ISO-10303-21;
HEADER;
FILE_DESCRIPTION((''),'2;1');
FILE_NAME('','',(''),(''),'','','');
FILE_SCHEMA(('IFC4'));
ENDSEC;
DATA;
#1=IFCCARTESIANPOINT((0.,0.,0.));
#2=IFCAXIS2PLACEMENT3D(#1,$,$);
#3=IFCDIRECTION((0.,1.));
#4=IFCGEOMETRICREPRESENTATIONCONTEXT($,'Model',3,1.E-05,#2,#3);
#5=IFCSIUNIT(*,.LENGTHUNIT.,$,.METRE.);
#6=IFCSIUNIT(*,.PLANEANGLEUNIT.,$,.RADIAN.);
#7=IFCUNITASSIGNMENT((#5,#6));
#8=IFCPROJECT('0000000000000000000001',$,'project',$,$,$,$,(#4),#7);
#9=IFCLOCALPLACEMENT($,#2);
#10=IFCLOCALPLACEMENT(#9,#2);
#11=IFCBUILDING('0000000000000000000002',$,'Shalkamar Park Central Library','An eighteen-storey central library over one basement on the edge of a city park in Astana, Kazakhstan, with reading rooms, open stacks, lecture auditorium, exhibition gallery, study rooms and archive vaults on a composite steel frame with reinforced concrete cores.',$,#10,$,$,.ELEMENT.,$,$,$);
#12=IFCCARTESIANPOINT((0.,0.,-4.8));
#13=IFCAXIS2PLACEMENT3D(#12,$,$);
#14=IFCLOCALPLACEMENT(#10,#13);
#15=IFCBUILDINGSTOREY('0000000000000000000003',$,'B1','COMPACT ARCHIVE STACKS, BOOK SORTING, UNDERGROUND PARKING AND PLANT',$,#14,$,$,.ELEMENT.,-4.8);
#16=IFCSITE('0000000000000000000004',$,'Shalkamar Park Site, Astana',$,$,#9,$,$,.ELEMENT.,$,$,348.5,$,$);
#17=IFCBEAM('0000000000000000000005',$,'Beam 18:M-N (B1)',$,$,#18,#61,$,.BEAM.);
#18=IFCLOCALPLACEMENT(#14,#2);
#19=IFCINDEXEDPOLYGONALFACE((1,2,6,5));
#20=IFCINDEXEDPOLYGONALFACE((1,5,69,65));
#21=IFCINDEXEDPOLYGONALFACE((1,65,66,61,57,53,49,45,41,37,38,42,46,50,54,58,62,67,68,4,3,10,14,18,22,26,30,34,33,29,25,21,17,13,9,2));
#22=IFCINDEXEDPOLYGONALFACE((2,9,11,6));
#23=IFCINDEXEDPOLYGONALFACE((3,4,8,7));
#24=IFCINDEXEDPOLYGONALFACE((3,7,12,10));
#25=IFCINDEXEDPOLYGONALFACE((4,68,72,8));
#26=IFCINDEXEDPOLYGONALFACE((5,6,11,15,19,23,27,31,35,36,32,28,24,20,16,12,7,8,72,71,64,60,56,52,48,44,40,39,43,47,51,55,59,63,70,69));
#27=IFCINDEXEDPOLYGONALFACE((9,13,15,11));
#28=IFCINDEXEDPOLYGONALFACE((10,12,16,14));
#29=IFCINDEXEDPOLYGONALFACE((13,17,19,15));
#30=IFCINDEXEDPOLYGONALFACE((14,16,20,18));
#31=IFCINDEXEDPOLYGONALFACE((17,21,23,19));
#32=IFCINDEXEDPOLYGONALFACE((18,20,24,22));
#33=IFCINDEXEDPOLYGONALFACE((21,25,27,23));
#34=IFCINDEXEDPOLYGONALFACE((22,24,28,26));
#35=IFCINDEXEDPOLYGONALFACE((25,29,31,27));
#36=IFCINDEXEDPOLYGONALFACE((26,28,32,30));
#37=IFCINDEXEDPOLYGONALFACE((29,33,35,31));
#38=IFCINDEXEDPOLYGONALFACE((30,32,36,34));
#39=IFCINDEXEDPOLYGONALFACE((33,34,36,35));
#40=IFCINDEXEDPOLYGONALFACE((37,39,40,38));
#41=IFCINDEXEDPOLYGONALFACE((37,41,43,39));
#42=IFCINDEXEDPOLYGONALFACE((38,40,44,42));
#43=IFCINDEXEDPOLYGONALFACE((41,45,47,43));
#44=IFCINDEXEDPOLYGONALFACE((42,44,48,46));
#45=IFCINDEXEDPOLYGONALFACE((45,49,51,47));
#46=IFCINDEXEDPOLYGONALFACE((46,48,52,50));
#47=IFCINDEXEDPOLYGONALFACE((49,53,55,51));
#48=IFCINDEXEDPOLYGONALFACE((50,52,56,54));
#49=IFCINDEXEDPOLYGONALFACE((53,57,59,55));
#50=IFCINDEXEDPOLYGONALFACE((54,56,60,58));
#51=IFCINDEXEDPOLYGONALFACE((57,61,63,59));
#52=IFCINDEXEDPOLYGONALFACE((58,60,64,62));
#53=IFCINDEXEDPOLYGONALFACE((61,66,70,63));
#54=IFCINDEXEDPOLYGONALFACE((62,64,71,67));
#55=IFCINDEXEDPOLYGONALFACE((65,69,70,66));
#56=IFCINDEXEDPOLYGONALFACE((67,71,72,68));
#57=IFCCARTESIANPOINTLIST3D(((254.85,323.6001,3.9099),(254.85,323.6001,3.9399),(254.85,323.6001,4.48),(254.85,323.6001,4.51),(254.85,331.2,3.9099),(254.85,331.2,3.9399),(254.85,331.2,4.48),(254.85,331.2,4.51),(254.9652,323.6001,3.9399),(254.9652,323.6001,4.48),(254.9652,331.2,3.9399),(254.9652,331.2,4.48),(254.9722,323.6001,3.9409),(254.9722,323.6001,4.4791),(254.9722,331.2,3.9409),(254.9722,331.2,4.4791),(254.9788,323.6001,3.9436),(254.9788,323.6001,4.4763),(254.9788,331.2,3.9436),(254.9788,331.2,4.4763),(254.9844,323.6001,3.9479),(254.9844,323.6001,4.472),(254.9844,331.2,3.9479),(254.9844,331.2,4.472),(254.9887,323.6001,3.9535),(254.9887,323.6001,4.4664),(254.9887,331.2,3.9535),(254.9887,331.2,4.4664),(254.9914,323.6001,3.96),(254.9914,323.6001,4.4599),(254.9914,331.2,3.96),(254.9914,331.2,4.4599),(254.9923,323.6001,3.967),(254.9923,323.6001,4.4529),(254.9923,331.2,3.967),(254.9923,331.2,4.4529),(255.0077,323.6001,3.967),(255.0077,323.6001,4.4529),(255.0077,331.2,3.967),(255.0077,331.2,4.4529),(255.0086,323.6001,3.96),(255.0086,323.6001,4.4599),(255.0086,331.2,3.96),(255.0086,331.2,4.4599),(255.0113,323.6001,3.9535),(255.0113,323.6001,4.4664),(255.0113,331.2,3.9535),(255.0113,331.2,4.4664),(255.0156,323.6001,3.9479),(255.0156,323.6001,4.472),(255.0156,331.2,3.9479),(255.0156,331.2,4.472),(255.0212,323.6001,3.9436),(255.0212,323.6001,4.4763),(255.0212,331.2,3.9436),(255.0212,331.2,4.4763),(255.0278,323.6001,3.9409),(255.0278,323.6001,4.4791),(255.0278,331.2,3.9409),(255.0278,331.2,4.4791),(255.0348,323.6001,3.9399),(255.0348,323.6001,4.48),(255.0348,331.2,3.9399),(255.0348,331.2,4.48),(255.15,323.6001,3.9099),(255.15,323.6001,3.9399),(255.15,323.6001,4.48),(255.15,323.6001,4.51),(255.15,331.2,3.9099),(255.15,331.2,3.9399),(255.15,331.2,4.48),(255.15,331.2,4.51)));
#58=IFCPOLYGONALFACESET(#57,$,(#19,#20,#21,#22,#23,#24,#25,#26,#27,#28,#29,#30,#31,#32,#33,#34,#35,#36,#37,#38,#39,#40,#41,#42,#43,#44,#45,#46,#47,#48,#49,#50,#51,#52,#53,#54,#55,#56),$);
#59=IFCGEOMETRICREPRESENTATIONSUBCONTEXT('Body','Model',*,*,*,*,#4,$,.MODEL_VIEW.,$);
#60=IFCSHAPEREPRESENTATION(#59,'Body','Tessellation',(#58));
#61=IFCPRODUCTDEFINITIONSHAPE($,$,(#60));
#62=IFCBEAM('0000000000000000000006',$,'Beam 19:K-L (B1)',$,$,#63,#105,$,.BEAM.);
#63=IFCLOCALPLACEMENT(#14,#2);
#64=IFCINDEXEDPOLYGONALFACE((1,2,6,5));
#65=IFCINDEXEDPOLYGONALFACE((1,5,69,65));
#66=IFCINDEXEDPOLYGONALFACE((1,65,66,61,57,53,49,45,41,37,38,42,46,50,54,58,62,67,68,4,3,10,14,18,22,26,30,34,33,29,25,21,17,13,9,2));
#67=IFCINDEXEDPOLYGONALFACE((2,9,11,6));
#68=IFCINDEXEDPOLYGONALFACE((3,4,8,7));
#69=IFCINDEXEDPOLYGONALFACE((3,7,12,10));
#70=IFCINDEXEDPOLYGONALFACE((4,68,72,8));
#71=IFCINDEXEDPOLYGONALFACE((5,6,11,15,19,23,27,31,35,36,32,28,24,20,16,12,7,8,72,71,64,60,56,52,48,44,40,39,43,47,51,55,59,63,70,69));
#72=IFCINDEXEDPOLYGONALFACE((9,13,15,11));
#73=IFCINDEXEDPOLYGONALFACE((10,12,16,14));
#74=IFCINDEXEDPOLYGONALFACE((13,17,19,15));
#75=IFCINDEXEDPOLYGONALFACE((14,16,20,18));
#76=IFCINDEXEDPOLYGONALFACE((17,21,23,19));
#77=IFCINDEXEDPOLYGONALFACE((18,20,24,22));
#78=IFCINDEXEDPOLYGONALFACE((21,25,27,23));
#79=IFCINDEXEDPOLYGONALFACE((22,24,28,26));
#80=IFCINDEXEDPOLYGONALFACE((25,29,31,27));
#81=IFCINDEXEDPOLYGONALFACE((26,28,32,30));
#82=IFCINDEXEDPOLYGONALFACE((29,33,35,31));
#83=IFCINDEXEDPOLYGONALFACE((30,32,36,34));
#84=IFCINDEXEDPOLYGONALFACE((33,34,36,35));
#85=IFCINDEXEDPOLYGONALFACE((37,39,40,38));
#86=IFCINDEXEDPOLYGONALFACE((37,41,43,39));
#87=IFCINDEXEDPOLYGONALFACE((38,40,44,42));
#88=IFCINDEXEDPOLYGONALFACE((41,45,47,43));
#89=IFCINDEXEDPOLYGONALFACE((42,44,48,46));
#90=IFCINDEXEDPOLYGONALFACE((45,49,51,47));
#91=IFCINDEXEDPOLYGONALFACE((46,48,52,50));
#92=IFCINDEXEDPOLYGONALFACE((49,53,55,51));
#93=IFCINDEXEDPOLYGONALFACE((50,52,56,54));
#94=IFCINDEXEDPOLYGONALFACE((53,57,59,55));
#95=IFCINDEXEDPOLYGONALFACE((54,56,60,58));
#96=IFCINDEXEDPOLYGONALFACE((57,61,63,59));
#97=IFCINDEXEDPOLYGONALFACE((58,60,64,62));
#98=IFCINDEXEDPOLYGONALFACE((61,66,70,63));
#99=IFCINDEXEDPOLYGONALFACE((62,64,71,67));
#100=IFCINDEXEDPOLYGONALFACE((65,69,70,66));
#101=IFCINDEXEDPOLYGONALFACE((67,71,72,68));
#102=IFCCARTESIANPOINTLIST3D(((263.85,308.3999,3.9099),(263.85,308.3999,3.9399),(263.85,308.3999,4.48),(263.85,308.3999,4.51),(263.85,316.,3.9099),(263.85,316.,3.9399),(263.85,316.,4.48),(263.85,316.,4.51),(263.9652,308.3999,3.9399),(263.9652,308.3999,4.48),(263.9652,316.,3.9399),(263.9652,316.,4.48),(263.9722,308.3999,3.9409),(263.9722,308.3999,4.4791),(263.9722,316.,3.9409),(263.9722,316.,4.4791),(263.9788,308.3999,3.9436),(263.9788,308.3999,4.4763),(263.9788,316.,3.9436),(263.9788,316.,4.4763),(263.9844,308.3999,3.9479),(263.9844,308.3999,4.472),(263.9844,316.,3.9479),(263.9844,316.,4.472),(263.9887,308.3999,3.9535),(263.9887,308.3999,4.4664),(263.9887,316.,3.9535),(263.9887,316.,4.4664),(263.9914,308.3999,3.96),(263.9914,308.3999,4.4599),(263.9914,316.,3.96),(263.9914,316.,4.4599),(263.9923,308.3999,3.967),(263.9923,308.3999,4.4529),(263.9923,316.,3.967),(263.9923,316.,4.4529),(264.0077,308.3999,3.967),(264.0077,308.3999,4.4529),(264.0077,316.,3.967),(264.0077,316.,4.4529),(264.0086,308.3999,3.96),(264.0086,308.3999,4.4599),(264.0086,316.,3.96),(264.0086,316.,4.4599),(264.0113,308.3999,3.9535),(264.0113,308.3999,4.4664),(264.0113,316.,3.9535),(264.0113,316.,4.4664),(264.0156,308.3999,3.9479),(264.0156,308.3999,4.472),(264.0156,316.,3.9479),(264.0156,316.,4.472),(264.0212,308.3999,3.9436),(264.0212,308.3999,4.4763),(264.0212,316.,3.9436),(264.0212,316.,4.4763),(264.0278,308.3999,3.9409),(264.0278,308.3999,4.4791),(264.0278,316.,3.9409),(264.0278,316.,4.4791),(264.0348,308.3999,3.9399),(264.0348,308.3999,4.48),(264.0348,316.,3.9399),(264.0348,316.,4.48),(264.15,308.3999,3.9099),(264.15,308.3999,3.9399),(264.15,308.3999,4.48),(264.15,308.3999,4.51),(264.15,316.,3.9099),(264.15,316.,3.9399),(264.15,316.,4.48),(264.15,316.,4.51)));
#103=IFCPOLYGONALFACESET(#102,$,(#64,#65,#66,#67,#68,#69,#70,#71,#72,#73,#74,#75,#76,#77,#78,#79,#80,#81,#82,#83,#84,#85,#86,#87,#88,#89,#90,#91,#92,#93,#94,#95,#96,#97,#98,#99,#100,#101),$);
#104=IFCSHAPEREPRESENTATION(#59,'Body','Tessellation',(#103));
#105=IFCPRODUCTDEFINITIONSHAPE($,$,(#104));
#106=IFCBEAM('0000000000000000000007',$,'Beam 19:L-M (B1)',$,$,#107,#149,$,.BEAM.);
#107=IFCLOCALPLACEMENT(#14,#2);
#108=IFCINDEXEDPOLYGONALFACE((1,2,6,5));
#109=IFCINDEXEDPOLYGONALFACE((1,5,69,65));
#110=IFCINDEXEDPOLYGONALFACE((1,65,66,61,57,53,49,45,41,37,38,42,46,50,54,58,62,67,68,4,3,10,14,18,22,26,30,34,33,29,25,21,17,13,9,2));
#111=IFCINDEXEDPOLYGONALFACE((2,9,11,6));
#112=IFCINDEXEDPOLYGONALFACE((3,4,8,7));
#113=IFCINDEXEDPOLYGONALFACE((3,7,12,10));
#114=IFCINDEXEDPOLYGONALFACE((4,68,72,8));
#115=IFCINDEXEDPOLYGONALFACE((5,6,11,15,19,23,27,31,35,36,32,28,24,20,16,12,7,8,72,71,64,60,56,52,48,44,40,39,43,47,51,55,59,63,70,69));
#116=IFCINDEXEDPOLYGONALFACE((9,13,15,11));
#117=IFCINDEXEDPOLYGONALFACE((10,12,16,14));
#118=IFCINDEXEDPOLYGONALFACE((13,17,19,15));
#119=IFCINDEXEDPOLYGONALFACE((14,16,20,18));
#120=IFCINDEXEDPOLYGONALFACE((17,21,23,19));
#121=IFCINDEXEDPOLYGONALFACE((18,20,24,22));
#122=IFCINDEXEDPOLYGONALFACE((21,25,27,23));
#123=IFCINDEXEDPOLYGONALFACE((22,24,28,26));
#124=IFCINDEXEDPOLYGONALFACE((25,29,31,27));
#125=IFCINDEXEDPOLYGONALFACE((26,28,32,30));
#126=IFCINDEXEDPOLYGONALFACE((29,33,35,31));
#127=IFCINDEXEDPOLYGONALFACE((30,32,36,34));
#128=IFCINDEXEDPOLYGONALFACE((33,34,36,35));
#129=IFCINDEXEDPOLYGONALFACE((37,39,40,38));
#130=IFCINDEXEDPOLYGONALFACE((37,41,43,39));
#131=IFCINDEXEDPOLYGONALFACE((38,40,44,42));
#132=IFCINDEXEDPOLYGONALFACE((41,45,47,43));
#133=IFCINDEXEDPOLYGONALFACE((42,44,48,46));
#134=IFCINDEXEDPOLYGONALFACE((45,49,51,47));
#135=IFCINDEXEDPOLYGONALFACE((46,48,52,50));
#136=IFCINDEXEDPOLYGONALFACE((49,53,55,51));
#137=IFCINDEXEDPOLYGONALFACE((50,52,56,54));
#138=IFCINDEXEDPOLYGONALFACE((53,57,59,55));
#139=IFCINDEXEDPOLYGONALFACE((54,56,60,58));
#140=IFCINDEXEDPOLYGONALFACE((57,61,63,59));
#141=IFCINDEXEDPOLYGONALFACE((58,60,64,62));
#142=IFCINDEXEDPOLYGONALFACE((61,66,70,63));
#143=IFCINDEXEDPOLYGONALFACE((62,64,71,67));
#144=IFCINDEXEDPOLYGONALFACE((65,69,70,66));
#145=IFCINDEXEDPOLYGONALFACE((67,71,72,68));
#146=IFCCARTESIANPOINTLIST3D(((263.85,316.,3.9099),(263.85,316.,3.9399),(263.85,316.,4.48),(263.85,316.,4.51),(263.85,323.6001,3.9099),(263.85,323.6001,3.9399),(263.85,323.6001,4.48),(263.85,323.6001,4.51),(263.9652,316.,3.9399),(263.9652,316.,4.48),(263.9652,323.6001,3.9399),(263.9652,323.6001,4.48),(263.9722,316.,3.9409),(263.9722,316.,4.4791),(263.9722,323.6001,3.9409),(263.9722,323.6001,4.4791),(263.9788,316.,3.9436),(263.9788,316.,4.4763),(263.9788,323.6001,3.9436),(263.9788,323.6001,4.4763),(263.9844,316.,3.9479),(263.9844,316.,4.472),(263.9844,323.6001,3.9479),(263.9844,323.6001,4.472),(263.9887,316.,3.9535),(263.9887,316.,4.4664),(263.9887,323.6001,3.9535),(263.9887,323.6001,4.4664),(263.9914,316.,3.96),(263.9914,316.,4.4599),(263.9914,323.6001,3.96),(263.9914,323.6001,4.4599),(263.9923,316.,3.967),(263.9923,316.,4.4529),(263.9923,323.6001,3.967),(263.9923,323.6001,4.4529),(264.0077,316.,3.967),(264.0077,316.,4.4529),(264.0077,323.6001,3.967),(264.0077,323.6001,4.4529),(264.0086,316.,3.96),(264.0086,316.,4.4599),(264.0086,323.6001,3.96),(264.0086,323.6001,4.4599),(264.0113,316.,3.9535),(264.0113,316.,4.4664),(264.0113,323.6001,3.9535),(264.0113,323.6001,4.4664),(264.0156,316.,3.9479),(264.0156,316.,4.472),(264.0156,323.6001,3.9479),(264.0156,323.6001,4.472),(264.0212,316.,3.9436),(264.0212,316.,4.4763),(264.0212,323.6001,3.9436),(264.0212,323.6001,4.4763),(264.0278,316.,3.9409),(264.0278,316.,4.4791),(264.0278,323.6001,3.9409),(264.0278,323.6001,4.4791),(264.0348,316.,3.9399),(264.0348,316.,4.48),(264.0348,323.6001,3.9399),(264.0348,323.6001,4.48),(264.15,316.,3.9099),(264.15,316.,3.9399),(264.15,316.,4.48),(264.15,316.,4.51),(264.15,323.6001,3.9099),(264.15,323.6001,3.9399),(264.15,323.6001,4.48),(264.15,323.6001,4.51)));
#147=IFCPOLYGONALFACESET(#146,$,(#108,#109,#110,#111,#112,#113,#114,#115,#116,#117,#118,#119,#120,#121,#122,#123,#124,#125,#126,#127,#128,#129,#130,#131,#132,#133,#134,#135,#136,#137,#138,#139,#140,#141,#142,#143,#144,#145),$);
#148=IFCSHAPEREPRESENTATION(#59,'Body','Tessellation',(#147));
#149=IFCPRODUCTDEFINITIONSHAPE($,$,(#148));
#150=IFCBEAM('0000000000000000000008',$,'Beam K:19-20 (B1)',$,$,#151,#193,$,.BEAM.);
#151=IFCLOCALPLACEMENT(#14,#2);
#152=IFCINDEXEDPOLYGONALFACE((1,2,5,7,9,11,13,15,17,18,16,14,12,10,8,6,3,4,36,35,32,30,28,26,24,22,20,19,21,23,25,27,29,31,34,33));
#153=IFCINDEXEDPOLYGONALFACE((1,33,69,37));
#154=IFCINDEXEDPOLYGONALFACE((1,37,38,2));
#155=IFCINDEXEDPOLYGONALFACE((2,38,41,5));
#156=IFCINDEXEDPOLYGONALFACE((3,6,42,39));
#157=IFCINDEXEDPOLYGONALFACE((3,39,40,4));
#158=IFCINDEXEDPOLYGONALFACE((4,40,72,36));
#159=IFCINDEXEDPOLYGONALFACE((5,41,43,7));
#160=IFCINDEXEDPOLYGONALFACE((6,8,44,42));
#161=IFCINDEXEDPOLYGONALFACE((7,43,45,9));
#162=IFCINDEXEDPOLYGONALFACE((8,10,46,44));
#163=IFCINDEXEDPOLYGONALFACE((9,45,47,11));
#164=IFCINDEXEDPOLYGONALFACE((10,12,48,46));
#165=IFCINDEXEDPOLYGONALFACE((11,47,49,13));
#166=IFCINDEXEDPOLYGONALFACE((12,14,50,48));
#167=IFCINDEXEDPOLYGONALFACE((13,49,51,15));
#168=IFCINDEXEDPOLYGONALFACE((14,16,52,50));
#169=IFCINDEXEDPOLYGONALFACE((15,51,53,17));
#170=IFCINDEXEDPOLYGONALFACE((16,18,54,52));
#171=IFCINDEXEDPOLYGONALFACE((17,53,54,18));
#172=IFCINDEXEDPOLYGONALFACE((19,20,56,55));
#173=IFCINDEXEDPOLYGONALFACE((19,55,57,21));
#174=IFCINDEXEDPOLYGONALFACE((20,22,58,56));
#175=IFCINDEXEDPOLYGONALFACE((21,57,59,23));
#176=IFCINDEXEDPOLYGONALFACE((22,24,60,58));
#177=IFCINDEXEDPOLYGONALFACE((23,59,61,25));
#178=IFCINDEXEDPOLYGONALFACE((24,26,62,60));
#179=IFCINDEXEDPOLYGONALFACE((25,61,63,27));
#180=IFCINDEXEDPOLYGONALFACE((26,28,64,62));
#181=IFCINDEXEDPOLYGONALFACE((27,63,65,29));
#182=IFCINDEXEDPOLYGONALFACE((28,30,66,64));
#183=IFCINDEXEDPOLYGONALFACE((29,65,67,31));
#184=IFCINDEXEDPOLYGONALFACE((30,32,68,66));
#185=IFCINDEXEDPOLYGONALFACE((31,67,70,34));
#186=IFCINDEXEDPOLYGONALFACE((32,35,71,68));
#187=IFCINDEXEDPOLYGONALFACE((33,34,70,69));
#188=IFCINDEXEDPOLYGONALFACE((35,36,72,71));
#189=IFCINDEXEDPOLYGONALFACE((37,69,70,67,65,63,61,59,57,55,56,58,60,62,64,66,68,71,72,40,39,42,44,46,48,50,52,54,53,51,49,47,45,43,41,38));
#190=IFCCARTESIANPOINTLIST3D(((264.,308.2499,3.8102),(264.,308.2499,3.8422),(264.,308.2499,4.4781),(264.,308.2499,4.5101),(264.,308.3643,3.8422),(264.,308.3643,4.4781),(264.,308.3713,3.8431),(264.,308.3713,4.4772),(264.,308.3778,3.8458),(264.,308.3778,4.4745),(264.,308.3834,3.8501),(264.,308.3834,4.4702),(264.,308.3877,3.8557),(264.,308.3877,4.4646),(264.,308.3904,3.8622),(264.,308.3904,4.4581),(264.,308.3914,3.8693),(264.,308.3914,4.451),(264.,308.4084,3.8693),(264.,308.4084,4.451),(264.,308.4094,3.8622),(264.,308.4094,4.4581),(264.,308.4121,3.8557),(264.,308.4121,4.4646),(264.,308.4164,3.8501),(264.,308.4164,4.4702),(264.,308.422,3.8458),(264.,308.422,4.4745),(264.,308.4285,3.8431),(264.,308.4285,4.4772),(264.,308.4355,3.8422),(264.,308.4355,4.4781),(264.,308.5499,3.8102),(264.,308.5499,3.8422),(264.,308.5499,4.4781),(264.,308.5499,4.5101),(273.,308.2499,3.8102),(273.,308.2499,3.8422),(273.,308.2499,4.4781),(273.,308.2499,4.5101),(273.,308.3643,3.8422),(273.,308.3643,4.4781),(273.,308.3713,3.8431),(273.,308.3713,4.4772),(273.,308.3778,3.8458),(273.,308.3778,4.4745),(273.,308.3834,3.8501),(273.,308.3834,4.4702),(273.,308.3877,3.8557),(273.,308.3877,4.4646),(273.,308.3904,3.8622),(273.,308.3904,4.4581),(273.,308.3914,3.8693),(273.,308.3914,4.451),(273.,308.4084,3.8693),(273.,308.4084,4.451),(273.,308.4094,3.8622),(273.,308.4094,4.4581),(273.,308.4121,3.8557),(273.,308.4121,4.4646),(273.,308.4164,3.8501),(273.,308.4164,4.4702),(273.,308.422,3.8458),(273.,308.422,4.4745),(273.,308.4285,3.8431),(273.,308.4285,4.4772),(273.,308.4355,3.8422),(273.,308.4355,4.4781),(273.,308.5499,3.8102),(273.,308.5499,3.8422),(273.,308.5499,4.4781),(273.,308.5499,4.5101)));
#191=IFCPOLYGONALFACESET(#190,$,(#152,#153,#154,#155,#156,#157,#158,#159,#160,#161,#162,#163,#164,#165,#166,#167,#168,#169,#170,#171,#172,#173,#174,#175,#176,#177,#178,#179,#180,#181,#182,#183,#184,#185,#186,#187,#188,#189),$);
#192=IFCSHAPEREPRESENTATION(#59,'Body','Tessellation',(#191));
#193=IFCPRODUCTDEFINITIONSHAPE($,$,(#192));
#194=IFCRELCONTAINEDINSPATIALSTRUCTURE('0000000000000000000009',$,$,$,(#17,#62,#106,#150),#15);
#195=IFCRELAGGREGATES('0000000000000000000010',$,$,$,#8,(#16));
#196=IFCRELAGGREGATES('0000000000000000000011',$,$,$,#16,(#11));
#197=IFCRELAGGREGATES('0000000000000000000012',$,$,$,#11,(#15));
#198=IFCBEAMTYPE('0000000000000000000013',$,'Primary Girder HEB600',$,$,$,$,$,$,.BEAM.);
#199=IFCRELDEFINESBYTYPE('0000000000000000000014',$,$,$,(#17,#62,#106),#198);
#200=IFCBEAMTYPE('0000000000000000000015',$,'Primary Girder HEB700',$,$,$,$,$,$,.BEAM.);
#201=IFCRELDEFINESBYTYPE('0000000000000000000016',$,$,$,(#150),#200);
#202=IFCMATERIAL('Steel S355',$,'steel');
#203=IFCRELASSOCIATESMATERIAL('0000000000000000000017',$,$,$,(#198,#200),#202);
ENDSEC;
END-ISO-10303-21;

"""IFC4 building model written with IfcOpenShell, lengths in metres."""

from ifc_helpers import new_model, si_unit, direction, frame, origin, origin_2d, place, context, subcontext, project, spatial, i_section, extrude, material, material_profile, profile_set, type_object, element, save


model = new_model("IFC4")

# Units and contexts
model_context = context("Model", 3, precision=1e-05, world=origin(), true_north=direction((0.0, 1.0)))
body_context = subcontext(model_context, "Body", "Model", "MODEL_VIEW")
ifc_project = project(units=[si_unit("LENGTHUNIT", "METRE"), si_unit("PLANEANGLEUNIT", "RADIAN")], contexts=[model_context])

# Site, building, storey
site_placement = place(None, origin())
site = spatial("IfcSite", under=ifc_project, at=site_placement, Name="Shalkamar Park Site, Astana", CompositionType="ELEMENT", RefElevation=348.5)
building_placement = place(site_placement, origin())
building = spatial("IfcBuilding", under=site, at=building_placement, Name="Shalkamar Park Central Library", Description="An eighteen-storey central library over one basement on the edge of a city park in Astana, Kazakhstan, with reading rooms, open stacks, lecture auditorium, exhibition gallery, study rooms and archive vaults on a composite steel frame with reinforced concrete cores.", CompositionType="ELEMENT")
storey_placement = place(building_placement, frame((0.0, 0.0, -4.8)))
storey = spatial("IfcBuildingStorey", under=building, at=storey_placement, Name="B1", Description="COMPACT ARCHIVE STACKS, BOOK SORTING, UNDERGROUND PARKING AND PLANT", CompositionType="ELEMENT", Elevation=-4.8)

# Shared definitions
ifc_material_1 = material(Name="Steel S355", Category="steel")

# Beams
ifc_material_profile_1 = material_profile(ifc_material_1, i_section(OverallWidth=0.3, OverallDepth=0.6001, WebThickness=0.0154, FlangeThickness=0.03, FilletRadius=0.0271, at=origin_2d()), Name="HEB 600")
ifc_profile_set_1 = profile_set([ifc_material_profile_1], Name="Steel S355")
beam_type_1 = type_object("IfcBeamType", Name="Primary Girder HEB600", PredefinedType="BEAM", material=ifc_profile_set_1)
beam_placement = place(storey_placement, frame((255.0, 323.6001, 4.21), z_axis=(0.0, 1.0, 0.0), x_axis=(-1.0, 0.0, 0.0)))
element("IfcBeam", 1, at=beam_placement, inside=storey, type_object=beam_type_1, Name="Beam 18:M-N (B1)", PredefinedType="BEAM", context=body_context, shape_type="SweptSolid", body=[
    extrude(i_section(OverallWidth=0.3, OverallDepth=0.6001, WebThickness=0.0154, FlangeThickness=0.03, FilletRadius=0.0271, at=origin_2d()), origin(), (0.0, 0.0, 1.0), 7.5999),
])
for number, where, z_axis, x_axis, name in (
    (2, (264.0, 308.3999, 4.21), (0.0, 1.0, 0.0), (-1.0, 0.0, 0.0), "Beam 19:K-L (B1)"),
    (3, (264.0, 316.0, 4.21), (0.0, 1.0, 0.0), (-1.0, 0.0, 0.0), "Beam 19:L-M (B1)"),
):
    element("IfcBeam", number, at=place(storey_placement, frame(where, z_axis=z_axis, x_axis=x_axis)), inside=storey, type_object=beam_type_1, Name=name, PredefinedType="BEAM", context=body_context, shape_type="SweptSolid", body=[
        extrude(i_section(OverallWidth=0.3, OverallDepth=0.6001, WebThickness=0.0154, FlangeThickness=0.03, FilletRadius=0.0271, at=origin_2d()), origin(), (0.0, 0.0, 1.0), 7.6001),
    ])
ifc_material_profile_2 = material_profile(ifc_material_1, i_section(OverallWidth=0.3, OverallDepth=0.7, WebThickness=0.0171, FlangeThickness=0.032, FilletRadius=0.0271, at=origin_2d()), Name="HEB 700")
ifc_profile_set_2 = profile_set([ifc_material_profile_2], Name="Steel S355")
beam_type_2 = type_object("IfcBeamType", Name="Primary Girder HEB700", PredefinedType="BEAM", material=ifc_profile_set_2)
for number, where, z_axis, x_axis, name in (
    (4, (264.0, 308.3999, 4.1602), (1.0, 0.0, 0.0), (0.0, 1.0, 0.0), "Beam K:19-20 (B1)"),
):
    element("IfcBeam", number, at=place(storey_placement, frame(where, z_axis=z_axis, x_axis=x_axis)), inside=storey, type_object=beam_type_2, Name=name, PredefinedType="BEAM", context=body_context, shape_type="SweptSolid", body=[
        extrude(i_section(OverallWidth=0.3, OverallDepth=0.7, WebThickness=0.0171, FlangeThickness=0.032, FilletRadius=0.0271, at=origin_2d()), origin(), (0.0, 0.0, 1.0), 9.0),
    ])

save(model, "model.ifc")
